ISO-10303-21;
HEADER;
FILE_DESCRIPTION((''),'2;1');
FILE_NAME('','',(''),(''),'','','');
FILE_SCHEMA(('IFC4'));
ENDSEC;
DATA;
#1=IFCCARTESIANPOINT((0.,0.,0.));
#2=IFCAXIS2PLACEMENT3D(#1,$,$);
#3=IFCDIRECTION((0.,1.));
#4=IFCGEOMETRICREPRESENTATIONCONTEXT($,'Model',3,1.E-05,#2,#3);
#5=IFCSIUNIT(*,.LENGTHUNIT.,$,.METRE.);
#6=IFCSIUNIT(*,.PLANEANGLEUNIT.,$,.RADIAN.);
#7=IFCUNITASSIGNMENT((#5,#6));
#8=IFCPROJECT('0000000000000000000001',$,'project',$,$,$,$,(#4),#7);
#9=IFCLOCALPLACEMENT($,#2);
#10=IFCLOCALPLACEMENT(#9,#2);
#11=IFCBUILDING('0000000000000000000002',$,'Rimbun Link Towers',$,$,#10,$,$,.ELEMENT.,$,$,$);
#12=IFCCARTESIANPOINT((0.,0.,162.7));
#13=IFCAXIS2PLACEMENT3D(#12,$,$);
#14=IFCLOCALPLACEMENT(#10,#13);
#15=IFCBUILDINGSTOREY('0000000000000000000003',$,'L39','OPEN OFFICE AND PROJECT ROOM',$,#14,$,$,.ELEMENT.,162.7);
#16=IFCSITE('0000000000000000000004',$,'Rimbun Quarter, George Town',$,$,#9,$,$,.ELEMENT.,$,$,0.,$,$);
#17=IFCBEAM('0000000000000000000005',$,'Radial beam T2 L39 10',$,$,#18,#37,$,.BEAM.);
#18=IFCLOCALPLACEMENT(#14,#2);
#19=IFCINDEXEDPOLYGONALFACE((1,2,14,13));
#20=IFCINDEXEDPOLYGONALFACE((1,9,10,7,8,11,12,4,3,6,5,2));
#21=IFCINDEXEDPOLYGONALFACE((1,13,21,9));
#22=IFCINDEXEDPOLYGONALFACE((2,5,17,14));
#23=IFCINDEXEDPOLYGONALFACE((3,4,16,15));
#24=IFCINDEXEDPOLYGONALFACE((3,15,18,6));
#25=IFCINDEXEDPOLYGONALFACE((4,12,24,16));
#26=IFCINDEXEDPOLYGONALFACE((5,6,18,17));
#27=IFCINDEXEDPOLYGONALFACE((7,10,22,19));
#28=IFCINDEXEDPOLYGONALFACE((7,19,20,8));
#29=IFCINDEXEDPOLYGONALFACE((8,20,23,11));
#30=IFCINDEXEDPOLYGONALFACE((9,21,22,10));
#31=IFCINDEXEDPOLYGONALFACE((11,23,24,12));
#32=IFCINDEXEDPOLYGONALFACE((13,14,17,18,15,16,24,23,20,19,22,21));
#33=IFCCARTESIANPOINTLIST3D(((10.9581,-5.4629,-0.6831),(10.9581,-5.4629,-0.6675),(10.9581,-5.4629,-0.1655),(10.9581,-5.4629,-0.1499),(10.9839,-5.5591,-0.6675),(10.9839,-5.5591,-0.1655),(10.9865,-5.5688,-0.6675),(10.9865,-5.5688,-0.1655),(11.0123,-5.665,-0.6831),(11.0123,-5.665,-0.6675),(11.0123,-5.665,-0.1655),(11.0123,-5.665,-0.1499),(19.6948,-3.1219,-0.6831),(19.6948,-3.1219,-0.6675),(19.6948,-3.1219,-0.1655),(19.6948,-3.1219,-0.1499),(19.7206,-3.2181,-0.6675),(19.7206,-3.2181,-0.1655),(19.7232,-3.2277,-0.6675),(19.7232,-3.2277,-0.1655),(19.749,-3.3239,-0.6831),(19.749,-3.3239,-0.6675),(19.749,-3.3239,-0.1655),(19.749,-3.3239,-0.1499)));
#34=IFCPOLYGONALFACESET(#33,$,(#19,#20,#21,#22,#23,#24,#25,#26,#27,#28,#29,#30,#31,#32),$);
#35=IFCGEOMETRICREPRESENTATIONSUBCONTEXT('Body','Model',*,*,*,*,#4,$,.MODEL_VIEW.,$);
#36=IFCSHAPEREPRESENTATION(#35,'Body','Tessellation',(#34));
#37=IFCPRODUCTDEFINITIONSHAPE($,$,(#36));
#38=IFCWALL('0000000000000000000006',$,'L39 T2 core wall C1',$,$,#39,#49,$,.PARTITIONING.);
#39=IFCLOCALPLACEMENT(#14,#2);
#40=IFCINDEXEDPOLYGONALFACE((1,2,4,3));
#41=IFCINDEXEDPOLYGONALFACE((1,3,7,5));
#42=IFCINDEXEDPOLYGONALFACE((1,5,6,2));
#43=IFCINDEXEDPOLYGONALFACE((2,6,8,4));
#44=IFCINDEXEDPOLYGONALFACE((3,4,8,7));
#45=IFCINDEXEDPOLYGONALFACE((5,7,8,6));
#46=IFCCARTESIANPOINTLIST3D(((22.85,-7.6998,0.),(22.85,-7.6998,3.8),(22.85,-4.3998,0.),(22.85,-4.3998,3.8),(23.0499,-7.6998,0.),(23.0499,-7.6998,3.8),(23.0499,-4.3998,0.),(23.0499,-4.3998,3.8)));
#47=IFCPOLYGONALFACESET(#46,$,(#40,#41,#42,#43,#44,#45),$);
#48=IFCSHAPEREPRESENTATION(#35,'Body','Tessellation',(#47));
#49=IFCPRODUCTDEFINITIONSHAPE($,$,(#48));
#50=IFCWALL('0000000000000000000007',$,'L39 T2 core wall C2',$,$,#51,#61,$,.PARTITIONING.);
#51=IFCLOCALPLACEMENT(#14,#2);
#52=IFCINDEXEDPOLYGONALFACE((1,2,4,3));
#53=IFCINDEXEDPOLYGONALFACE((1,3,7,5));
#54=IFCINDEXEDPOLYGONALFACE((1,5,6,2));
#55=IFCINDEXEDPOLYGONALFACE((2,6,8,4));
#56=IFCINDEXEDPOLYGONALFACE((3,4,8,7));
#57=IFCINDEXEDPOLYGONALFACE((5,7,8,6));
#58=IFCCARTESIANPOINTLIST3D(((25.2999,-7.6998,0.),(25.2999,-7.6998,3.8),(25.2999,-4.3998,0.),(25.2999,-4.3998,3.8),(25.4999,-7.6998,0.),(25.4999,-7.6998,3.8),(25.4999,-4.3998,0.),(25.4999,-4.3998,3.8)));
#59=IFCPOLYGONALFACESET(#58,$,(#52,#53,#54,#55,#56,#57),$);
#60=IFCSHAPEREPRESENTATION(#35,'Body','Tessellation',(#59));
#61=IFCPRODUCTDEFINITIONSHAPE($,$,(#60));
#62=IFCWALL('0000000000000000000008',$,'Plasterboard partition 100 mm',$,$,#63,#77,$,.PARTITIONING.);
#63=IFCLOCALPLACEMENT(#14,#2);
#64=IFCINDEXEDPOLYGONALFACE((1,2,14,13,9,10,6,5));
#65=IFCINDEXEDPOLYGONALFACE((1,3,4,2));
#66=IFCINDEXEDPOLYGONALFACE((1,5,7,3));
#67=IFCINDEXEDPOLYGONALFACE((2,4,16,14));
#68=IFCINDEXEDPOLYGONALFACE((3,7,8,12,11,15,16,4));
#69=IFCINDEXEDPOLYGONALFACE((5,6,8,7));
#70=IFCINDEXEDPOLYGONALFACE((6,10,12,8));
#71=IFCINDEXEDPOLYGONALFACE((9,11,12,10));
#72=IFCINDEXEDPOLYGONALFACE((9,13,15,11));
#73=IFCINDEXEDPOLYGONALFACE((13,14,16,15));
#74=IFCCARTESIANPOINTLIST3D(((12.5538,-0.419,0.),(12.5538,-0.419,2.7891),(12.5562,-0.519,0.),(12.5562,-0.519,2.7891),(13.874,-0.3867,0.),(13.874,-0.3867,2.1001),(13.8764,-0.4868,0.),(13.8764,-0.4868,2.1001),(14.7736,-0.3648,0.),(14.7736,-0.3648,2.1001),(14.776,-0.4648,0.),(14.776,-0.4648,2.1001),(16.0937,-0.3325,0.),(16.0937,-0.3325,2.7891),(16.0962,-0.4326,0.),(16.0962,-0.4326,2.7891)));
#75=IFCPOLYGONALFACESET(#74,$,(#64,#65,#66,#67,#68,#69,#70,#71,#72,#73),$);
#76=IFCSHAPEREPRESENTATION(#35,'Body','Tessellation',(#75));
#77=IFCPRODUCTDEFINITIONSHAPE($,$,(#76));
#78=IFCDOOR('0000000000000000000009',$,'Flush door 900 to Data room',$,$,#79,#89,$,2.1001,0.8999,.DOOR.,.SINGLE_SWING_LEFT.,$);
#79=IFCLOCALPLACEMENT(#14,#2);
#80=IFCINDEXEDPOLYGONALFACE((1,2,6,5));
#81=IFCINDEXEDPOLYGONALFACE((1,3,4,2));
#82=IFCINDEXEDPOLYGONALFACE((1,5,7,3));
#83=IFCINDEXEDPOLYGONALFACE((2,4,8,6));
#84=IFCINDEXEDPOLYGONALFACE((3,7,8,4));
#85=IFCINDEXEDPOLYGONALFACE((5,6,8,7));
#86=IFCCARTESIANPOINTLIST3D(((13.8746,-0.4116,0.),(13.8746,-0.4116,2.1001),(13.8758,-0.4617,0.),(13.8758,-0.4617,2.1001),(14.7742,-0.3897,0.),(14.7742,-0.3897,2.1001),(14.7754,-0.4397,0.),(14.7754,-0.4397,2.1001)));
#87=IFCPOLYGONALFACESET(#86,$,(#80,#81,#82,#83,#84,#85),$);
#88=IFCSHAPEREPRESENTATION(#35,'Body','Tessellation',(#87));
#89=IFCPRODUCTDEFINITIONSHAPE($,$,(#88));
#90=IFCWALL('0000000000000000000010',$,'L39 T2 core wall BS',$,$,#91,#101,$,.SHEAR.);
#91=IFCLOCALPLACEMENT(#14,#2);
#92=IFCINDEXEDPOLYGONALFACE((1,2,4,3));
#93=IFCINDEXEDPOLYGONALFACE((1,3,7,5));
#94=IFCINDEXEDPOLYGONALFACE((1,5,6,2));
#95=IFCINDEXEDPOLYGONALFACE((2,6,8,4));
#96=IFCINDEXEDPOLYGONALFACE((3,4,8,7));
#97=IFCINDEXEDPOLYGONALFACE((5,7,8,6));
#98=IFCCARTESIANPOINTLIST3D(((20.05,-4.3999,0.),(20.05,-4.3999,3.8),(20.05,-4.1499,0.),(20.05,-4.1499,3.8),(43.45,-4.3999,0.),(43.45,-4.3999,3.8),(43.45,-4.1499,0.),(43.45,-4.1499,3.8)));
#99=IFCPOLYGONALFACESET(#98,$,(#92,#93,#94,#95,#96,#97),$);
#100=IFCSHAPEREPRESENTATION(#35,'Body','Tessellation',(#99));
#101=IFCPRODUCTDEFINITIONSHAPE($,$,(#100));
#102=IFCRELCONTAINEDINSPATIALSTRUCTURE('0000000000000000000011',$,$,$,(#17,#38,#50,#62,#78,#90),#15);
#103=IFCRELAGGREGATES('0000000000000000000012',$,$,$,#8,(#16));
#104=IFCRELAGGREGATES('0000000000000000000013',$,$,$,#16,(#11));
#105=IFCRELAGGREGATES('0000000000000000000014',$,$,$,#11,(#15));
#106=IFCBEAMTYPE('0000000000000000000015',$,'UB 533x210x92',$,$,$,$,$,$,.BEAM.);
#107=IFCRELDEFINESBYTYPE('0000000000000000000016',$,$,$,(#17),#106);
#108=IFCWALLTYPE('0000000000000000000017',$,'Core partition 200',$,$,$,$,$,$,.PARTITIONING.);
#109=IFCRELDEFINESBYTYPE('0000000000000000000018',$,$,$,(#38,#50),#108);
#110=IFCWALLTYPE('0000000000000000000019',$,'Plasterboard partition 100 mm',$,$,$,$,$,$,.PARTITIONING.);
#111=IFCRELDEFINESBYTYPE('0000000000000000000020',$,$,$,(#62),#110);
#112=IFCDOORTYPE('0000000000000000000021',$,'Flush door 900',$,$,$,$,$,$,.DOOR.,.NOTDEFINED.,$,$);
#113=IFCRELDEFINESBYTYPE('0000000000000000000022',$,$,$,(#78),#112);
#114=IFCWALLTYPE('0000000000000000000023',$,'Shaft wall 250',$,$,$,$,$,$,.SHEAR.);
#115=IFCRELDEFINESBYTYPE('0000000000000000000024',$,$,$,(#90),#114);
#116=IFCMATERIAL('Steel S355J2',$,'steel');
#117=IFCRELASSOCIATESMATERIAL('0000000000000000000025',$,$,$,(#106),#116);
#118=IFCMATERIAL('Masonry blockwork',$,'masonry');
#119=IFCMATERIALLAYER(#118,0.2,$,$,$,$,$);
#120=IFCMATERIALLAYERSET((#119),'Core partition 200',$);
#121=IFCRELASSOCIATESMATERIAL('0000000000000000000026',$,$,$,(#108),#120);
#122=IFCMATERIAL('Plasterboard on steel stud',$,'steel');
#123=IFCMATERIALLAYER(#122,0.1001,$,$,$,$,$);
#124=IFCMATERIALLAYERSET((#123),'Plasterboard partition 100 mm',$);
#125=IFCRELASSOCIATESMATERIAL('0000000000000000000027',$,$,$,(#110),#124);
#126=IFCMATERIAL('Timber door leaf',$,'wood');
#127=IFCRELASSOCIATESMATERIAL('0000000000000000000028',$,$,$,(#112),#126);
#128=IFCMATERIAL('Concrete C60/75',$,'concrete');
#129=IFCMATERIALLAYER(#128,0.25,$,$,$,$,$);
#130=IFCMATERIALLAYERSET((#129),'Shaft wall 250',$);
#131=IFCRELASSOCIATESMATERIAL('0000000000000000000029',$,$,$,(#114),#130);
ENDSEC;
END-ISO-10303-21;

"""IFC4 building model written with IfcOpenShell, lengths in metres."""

from ifc_helpers import new_model, si_unit, direction, frame, frame_2d, origin, origin_2d, place, context, subcontext, project, spatial, rectangle, i_section, extrude, material, layer, layer_set, material_profile, profile_set, type_object, element, fill, save


model = new_model("IFC4")

# Units and contexts
model_context = context("Model", 3, precision=1e-05, world=origin(), true_north=direction((0.0, 1.0)))
body_context = subcontext(model_context, "Body", "Model", "MODEL_VIEW")
ifc_project = project(units=[si_unit("LENGTHUNIT", "METRE"), si_unit("PLANEANGLEUNIT", "RADIAN")], contexts=[model_context])

# Site, building, storey
site_placement = place(None, origin())
site = spatial("IfcSite", under=ifc_project, at=site_placement, Name="Rimbun Quarter, George Town", CompositionType="ELEMENT", RefElevation=0.0)
building_placement = place(site_placement, origin())
building = spatial("IfcBuilding", under=site, at=building_placement, Name="Rimbun Link Towers", CompositionType="ELEMENT")
storey_placement = place(building_placement, frame((0.0, 0.0, 162.7)))
storey = spatial("IfcBuildingStorey", under=building, at=storey_placement, Name="L39", Description="OPEN OFFICE AND PROJECT ROOM", CompositionType="ELEMENT", Elevation=162.7)

# Beam
ifc_material_1 = material(Name="Steel S355J2", Category="steel")
ifc_material_profile = material_profile(ifc_material_1, i_section(OverallWidth=0.2092, OverallDepth=0.5332, WebThickness=0.01, FlangeThickness=0.0156, at=origin_2d()), Name="UB 533x210x92")
ifc_profile_set = profile_set([ifc_material_profile], Name="Steel S355J2")
beam_type = type_object("IfcBeamType", Name="UB 533x210x92", PredefinedType="BEAM", material=ifc_profile_set)
beam_placement = place(storey_placement, frame((19.7219, -3.2229, -0.4165), z_axis=(-0.965925, -0.258823, 0.0), x_axis=(0.258823, -0.965925, 0.0)))
element("IfcBeam", 1, at=beam_placement, inside=storey, type_object=beam_type, Name="Radial beam T2 L39 10", PredefinedType="BEAM", context=body_context, shape_type="SweptSolid", body=[
    extrude(i_section(OverallWidth=0.2092, OverallDepth=0.5332, WebThickness=0.01, FlangeThickness=0.0156, at=origin_2d()), origin(), (0.0, 0.0, 1.0), 9.0449),
])

# Walls
ifc_material_2 = material(Name="Masonry blockwork", Category="masonry")
ifc_layer_1 = layer(ifc_material_2, 0.2)
ifc_layer_set_1 = layer_set([ifc_layer_1], Name="Core partition 200")
wall_type_1 = type_object("IfcWallType", Name="Core partition 200", PredefinedType="PARTITIONING", material=ifc_layer_set_1)
for number, where, z_axis, x_axis, name in (
    (2, (22.95, -4.3999, 0.0), (0.0, 0.0, 1.0), (0.0, -1.0, 0.0), "L39 T2 core wall C1"),
    (3, (25.3999, -4.3999, 0.0), (0.0, 0.0, 1.0), (0.0, -1.0, 0.0), "L39 T2 core wall C2"),
):
    element("IfcWall", number, at=place(storey_placement, frame(where, z_axis=z_axis, x_axis=x_axis)), inside=storey, type_object=wall_type_1, Name=name, PredefinedType="PARTITIONING", context=body_context, shape_type="SweptSolid", body=[
        extrude(rectangle(XDim=3.3, YDim=0.2, at=frame_2d((1.6499, 0.0))), origin(), (0.0, 0.0, 1.0), 3.8),
    ])

# Wall, opening, door
ifc_material_3 = material(Name="Plasterboard on steel stud", Category="steel")
ifc_layer_2 = layer(ifc_material_3, 0.1001)
ifc_layer_set_2 = layer_set([ifc_layer_2], Name="Plasterboard partition 100 mm")
wall_type_2 = type_object("IfcWallType", Name="Plasterboard partition 100 mm", PredefinedType="PARTITIONING", material=ifc_layer_set_2)
wall_1_placement = place(storey_placement, frame((16.095, -0.3826, 0.0), z_axis=(0.0, 0.0, 1.0), x_axis=(-0.999702, -0.024407, 0.0)))
wall_1 = element("IfcWall", 4, at=wall_1_placement, inside=storey, type_object=wall_type_2, Name="Plasterboard partition 100 mm", PredefinedType="PARTITIONING", context=body_context, shape_type="SweptSolid", body=[
    extrude(rectangle(XDim=3.541, YDim=0.1001, at=frame_2d((1.7705, 0.0))), origin(), (0.0, 0.0, 1.0), 2.7891),
])
opening_1_placement = place(wall_1_placement, frame((1.3206, 0.0, 0.0)))
opening_1 = element("IfcOpeningElement", 5, at=opening_1_placement, cuts=wall_1, PredefinedType="OPENING", context=body_context, shape_type="SweptSolid", body=[
    extrude(rectangle(XDim=0.8999, YDim=2.1001, at=frame_2d((0.45, 1.05))), frame((0.0, 0.0601, 0.0), z_axis=(0.0, -1.0, 0.0), x_axis=(1.0, 0.0, 0.0)), (0.0, 0.0, 1.0), 0.1201),
])
ifc_material_4 = material(Name="Timber door leaf", Category="wood")
door_type_1 = type_object("IfcDoorType", Name="Flush door 900", OperationType="NOTDEFINED", PredefinedType="DOOR", material=ifc_material_4)
door_1_placement = place(opening_1_placement, origin())
door_1 = element("IfcDoor", 6, at=door_1_placement, inside=storey, type_object=door_type_1, Name="Flush door 900 to Data room", OperationType="SINGLE_SWING_LEFT", OverallHeight=2.1001, OverallWidth=0.8999, PredefinedType="DOOR", context=body_context, shape_type="SweptSolid", body=[
    extrude(rectangle(XDim=0.8999, YDim=2.1001, at=frame_2d((0.45, 1.05))), frame((0.0, 0.0249, 0.0), z_axis=(0.0, -1.0, 0.0), x_axis=(1.0, 0.0, 0.0)), (0.0, 0.0, 1.0), 0.05),
])
fill(opening_1, door_1)

# Wall
ifc_material_5 = material(Name="Concrete C60/75", Category="concrete")
ifc_layer_3 = layer(ifc_material_5, 0.25)
ifc_layer_set_3 = layer_set([ifc_layer_3], Name="Shaft wall 250")
wall_type_3 = type_object("IfcWallType", Name="Shaft wall 250", PredefinedType="SHEAR", material=ifc_layer_set_3)
wall_2_placement = place(storey_placement, frame((20.05, -4.2749, 0.0), z_axis=(0.0, 0.0, 1.0), x_axis=(1.0, 0.0, 0.0)))
element("IfcWall", 7, at=wall_2_placement, inside=storey, type_object=wall_type_3, Name="L39 T2 core wall BS", PredefinedType="SHEAR", context=body_context, shape_type="SweptSolid", body=[
    extrude(rectangle(XDim=23.3999, YDim=0.25, at=frame_2d((11.7, 0.0))), origin(), (0.0, 0.0, 1.0), 3.8),
])

save(model, "model.ifc")
